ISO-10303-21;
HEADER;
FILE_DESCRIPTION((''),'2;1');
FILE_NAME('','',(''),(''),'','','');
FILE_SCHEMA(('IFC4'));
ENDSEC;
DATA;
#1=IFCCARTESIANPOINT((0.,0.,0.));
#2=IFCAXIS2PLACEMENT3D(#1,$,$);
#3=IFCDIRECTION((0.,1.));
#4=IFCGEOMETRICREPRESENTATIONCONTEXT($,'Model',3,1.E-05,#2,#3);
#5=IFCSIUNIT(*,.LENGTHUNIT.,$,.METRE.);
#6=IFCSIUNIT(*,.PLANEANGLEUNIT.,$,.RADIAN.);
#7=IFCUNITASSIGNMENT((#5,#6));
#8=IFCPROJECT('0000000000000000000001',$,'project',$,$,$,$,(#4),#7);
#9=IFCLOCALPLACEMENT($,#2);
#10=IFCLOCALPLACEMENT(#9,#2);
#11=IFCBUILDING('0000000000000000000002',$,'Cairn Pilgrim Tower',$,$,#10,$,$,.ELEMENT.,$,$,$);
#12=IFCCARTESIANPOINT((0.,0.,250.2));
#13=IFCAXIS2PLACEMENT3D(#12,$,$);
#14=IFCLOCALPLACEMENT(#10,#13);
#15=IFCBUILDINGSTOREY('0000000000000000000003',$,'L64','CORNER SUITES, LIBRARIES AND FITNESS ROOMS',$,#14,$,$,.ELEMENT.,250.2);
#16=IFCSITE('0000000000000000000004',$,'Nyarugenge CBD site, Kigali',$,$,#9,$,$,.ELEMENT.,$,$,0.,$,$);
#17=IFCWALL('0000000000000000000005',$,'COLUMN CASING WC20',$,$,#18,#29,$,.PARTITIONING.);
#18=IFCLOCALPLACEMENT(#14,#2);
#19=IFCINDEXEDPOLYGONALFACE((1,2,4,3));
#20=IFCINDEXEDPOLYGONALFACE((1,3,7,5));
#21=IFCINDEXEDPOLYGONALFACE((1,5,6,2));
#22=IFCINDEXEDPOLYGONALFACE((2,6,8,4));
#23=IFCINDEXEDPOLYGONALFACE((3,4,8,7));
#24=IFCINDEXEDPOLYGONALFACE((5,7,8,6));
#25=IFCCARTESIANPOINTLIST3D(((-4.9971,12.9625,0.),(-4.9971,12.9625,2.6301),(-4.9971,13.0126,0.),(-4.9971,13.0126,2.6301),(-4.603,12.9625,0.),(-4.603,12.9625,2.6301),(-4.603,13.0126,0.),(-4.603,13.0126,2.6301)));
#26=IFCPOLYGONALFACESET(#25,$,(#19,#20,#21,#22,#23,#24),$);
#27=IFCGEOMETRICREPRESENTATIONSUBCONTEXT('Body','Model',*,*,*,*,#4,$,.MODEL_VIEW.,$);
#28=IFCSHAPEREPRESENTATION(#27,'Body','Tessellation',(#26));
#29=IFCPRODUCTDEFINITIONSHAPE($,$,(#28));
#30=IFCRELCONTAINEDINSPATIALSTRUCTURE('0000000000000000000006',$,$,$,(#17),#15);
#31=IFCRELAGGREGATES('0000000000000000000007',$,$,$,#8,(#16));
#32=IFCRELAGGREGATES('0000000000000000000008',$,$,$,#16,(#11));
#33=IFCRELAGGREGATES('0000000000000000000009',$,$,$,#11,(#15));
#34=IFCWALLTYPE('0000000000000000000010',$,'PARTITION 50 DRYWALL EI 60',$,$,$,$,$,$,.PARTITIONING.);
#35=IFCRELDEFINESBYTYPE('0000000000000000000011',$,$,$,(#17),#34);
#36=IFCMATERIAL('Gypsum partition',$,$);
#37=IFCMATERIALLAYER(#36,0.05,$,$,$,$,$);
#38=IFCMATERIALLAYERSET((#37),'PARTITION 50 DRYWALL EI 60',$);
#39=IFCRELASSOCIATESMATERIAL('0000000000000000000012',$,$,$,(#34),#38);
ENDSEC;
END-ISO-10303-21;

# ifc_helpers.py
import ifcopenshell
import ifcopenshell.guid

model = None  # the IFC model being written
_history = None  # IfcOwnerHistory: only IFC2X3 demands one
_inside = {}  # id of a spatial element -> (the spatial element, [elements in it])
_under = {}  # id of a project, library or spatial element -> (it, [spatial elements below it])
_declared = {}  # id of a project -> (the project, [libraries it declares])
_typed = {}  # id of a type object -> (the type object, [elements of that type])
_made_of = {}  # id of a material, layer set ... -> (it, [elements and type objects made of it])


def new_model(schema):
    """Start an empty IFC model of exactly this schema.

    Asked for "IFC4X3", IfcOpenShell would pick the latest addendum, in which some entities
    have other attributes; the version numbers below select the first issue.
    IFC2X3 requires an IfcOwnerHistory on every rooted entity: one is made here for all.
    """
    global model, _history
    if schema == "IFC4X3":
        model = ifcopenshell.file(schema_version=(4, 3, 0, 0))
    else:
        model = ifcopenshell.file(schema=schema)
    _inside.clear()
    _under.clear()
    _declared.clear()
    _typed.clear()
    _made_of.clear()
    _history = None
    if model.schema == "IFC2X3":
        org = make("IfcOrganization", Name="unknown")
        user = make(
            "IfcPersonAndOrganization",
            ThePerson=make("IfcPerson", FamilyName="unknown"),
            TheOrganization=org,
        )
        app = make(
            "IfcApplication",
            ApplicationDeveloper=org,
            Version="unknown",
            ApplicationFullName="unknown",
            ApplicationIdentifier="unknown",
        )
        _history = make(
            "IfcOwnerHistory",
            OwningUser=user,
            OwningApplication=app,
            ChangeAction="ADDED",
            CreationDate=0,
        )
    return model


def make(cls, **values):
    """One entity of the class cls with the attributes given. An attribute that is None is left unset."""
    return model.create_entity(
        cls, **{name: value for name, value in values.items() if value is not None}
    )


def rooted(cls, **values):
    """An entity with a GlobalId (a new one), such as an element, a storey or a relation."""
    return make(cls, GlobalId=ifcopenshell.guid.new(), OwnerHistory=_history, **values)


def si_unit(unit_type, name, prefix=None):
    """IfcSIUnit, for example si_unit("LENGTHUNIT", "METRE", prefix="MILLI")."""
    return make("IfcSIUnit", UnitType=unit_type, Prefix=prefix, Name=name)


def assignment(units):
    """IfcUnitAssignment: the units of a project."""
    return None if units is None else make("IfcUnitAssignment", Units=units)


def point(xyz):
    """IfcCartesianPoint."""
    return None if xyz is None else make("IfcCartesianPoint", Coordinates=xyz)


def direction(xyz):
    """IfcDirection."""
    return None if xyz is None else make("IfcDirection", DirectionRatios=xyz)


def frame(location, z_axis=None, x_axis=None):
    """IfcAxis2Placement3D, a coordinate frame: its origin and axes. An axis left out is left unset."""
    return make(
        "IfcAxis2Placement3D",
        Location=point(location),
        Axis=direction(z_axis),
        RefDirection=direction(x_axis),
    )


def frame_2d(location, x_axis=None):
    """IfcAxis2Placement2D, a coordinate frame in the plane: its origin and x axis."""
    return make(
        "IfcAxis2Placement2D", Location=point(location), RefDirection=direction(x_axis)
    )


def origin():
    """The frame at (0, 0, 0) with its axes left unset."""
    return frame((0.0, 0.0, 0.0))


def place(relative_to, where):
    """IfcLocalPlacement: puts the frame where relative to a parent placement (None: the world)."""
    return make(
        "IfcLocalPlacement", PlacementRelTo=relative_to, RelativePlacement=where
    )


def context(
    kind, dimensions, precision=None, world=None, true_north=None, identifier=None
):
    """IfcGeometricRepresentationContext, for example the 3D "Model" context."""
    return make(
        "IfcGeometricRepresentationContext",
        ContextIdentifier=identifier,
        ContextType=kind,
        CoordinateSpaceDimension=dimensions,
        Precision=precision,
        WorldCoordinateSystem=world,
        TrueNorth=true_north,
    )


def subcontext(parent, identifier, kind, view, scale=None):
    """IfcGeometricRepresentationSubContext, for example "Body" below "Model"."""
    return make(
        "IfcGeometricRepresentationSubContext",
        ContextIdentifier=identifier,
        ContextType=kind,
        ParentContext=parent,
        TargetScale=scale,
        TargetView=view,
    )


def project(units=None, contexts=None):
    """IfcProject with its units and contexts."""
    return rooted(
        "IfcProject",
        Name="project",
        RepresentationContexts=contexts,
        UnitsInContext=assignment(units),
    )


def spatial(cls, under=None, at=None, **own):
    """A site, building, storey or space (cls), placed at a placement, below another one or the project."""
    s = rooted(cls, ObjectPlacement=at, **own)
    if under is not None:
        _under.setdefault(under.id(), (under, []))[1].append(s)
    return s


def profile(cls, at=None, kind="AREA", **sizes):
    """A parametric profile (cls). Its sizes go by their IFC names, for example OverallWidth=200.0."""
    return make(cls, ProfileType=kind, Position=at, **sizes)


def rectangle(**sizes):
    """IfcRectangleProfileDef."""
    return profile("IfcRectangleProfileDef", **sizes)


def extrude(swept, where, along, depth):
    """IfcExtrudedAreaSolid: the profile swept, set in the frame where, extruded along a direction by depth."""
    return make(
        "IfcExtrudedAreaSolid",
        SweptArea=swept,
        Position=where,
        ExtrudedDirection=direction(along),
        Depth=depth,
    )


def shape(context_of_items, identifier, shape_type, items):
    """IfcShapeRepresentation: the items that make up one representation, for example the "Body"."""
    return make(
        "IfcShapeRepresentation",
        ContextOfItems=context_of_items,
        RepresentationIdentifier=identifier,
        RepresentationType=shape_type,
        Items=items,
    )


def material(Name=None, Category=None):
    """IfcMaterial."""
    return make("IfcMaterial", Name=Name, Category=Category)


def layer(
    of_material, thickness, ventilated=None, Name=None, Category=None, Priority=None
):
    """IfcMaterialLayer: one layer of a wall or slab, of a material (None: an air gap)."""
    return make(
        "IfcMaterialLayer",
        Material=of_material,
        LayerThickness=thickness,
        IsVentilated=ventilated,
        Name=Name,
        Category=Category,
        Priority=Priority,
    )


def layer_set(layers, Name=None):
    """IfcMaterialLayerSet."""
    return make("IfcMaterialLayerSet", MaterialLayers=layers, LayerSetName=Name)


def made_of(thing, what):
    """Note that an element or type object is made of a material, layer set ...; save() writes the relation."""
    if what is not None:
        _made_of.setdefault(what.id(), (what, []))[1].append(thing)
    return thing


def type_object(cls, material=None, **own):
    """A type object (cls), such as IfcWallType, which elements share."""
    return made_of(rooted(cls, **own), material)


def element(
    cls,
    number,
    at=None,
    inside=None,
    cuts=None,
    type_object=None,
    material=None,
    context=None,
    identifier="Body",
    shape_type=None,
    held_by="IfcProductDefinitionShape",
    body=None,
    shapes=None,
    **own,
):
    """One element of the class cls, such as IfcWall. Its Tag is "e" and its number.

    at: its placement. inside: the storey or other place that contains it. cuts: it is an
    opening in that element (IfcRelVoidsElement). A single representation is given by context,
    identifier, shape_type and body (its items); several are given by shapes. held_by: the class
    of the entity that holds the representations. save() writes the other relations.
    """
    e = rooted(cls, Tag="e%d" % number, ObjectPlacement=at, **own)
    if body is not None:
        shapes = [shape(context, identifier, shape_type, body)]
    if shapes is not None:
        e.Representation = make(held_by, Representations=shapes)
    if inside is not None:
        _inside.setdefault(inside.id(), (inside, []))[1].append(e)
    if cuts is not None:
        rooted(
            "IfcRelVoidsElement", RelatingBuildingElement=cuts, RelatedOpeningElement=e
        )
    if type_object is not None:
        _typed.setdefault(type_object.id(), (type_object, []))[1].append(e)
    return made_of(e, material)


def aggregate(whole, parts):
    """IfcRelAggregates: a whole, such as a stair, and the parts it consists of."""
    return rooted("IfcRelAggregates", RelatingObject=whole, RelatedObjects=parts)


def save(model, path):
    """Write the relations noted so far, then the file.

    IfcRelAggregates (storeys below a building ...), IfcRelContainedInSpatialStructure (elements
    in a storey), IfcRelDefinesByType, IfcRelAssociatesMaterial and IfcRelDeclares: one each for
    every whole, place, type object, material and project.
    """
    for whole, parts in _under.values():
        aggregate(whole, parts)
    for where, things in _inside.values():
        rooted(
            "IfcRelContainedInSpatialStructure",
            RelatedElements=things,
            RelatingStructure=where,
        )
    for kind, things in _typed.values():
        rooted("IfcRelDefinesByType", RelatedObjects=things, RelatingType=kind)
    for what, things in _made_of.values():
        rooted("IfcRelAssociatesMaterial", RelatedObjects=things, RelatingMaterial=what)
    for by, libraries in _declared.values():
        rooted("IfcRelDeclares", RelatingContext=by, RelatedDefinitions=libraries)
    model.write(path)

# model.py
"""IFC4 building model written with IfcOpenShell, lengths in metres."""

from ifc_helpers import new_model, si_unit, direction, frame, frame_2d, origin, place, context, subcontext, project, spatial, rectangle, extrude, material, layer, layer_set, type_object, element, save


model = new_model("IFC4")

# Units and contexts
model_context = context("Model", 3, precision=1e-05, world=origin(), true_north=direction((0.0, 1.0)))
body_context = subcontext(model_context, "Body", "Model", "MODEL_VIEW")
ifc_project = project(units=[si_unit("LENGTHUNIT", "METRE"), si_unit("PLANEANGLEUNIT", "RADIAN")], contexts=[model_context])

# Site, building, storey
site_placement = place(None, origin())
site = spatial("IfcSite", under=ifc_project, at=site_placement, Name="Nyarugenge CBD site, Kigali", CompositionType="ELEMENT", RefElevation=0.0)
building_placement = place(site_placement, origin())
building = spatial("IfcBuilding", under=site, at=building_placement, Name="Cairn Pilgrim Tower", CompositionType="ELEMENT")
storey_placement = place(building_placement, frame((0.0, 0.0, 250.2)))
storey = spatial("IfcBuildingStorey", under=building, at=storey_placement, Name="L64", Description="CORNER SUITES, LIBRARIES AND FITNESS ROOMS", CompositionType="ELEMENT", Elevation=250.2)

# Shared definitions
ifc_material_1 = material(Name="Gypsum partition")

# Wall
ifc_layer_1 = layer(ifc_material_1, 0.05)
ifc_layer_set_1 = layer_set([ifc_layer_1], Name="PARTITION 50 DRYWALL EI 60")
wall_type_1 = type_object("IfcWallType", Name="PARTITION 50 DRYWALL EI 60", PredefinedType="PARTITIONING", material=ifc_layer_set_1)
wall_1_placement = place(storey_placement, frame((-4.9971, 12.9875, 0.0), z_axis=(0.0, 0.0, 1.0), x_axis=(1.0, 0.0, 0.0)))
element("IfcWall", 1, at=wall_1_placement, inside=storey, type_object=wall_type_1, Name="COLUMN CASING WC20", PredefinedType="PARTITIONING", context=body_context, shape_type="SweptSolid", body=[
    extrude(rectangle(XDim=0.394, YDim=0.05, at=frame_2d((0.197, 0.0))), origin(), (0.0, 0.0, 1.0), 2.6301),
])

save(model, "model.ifc")
